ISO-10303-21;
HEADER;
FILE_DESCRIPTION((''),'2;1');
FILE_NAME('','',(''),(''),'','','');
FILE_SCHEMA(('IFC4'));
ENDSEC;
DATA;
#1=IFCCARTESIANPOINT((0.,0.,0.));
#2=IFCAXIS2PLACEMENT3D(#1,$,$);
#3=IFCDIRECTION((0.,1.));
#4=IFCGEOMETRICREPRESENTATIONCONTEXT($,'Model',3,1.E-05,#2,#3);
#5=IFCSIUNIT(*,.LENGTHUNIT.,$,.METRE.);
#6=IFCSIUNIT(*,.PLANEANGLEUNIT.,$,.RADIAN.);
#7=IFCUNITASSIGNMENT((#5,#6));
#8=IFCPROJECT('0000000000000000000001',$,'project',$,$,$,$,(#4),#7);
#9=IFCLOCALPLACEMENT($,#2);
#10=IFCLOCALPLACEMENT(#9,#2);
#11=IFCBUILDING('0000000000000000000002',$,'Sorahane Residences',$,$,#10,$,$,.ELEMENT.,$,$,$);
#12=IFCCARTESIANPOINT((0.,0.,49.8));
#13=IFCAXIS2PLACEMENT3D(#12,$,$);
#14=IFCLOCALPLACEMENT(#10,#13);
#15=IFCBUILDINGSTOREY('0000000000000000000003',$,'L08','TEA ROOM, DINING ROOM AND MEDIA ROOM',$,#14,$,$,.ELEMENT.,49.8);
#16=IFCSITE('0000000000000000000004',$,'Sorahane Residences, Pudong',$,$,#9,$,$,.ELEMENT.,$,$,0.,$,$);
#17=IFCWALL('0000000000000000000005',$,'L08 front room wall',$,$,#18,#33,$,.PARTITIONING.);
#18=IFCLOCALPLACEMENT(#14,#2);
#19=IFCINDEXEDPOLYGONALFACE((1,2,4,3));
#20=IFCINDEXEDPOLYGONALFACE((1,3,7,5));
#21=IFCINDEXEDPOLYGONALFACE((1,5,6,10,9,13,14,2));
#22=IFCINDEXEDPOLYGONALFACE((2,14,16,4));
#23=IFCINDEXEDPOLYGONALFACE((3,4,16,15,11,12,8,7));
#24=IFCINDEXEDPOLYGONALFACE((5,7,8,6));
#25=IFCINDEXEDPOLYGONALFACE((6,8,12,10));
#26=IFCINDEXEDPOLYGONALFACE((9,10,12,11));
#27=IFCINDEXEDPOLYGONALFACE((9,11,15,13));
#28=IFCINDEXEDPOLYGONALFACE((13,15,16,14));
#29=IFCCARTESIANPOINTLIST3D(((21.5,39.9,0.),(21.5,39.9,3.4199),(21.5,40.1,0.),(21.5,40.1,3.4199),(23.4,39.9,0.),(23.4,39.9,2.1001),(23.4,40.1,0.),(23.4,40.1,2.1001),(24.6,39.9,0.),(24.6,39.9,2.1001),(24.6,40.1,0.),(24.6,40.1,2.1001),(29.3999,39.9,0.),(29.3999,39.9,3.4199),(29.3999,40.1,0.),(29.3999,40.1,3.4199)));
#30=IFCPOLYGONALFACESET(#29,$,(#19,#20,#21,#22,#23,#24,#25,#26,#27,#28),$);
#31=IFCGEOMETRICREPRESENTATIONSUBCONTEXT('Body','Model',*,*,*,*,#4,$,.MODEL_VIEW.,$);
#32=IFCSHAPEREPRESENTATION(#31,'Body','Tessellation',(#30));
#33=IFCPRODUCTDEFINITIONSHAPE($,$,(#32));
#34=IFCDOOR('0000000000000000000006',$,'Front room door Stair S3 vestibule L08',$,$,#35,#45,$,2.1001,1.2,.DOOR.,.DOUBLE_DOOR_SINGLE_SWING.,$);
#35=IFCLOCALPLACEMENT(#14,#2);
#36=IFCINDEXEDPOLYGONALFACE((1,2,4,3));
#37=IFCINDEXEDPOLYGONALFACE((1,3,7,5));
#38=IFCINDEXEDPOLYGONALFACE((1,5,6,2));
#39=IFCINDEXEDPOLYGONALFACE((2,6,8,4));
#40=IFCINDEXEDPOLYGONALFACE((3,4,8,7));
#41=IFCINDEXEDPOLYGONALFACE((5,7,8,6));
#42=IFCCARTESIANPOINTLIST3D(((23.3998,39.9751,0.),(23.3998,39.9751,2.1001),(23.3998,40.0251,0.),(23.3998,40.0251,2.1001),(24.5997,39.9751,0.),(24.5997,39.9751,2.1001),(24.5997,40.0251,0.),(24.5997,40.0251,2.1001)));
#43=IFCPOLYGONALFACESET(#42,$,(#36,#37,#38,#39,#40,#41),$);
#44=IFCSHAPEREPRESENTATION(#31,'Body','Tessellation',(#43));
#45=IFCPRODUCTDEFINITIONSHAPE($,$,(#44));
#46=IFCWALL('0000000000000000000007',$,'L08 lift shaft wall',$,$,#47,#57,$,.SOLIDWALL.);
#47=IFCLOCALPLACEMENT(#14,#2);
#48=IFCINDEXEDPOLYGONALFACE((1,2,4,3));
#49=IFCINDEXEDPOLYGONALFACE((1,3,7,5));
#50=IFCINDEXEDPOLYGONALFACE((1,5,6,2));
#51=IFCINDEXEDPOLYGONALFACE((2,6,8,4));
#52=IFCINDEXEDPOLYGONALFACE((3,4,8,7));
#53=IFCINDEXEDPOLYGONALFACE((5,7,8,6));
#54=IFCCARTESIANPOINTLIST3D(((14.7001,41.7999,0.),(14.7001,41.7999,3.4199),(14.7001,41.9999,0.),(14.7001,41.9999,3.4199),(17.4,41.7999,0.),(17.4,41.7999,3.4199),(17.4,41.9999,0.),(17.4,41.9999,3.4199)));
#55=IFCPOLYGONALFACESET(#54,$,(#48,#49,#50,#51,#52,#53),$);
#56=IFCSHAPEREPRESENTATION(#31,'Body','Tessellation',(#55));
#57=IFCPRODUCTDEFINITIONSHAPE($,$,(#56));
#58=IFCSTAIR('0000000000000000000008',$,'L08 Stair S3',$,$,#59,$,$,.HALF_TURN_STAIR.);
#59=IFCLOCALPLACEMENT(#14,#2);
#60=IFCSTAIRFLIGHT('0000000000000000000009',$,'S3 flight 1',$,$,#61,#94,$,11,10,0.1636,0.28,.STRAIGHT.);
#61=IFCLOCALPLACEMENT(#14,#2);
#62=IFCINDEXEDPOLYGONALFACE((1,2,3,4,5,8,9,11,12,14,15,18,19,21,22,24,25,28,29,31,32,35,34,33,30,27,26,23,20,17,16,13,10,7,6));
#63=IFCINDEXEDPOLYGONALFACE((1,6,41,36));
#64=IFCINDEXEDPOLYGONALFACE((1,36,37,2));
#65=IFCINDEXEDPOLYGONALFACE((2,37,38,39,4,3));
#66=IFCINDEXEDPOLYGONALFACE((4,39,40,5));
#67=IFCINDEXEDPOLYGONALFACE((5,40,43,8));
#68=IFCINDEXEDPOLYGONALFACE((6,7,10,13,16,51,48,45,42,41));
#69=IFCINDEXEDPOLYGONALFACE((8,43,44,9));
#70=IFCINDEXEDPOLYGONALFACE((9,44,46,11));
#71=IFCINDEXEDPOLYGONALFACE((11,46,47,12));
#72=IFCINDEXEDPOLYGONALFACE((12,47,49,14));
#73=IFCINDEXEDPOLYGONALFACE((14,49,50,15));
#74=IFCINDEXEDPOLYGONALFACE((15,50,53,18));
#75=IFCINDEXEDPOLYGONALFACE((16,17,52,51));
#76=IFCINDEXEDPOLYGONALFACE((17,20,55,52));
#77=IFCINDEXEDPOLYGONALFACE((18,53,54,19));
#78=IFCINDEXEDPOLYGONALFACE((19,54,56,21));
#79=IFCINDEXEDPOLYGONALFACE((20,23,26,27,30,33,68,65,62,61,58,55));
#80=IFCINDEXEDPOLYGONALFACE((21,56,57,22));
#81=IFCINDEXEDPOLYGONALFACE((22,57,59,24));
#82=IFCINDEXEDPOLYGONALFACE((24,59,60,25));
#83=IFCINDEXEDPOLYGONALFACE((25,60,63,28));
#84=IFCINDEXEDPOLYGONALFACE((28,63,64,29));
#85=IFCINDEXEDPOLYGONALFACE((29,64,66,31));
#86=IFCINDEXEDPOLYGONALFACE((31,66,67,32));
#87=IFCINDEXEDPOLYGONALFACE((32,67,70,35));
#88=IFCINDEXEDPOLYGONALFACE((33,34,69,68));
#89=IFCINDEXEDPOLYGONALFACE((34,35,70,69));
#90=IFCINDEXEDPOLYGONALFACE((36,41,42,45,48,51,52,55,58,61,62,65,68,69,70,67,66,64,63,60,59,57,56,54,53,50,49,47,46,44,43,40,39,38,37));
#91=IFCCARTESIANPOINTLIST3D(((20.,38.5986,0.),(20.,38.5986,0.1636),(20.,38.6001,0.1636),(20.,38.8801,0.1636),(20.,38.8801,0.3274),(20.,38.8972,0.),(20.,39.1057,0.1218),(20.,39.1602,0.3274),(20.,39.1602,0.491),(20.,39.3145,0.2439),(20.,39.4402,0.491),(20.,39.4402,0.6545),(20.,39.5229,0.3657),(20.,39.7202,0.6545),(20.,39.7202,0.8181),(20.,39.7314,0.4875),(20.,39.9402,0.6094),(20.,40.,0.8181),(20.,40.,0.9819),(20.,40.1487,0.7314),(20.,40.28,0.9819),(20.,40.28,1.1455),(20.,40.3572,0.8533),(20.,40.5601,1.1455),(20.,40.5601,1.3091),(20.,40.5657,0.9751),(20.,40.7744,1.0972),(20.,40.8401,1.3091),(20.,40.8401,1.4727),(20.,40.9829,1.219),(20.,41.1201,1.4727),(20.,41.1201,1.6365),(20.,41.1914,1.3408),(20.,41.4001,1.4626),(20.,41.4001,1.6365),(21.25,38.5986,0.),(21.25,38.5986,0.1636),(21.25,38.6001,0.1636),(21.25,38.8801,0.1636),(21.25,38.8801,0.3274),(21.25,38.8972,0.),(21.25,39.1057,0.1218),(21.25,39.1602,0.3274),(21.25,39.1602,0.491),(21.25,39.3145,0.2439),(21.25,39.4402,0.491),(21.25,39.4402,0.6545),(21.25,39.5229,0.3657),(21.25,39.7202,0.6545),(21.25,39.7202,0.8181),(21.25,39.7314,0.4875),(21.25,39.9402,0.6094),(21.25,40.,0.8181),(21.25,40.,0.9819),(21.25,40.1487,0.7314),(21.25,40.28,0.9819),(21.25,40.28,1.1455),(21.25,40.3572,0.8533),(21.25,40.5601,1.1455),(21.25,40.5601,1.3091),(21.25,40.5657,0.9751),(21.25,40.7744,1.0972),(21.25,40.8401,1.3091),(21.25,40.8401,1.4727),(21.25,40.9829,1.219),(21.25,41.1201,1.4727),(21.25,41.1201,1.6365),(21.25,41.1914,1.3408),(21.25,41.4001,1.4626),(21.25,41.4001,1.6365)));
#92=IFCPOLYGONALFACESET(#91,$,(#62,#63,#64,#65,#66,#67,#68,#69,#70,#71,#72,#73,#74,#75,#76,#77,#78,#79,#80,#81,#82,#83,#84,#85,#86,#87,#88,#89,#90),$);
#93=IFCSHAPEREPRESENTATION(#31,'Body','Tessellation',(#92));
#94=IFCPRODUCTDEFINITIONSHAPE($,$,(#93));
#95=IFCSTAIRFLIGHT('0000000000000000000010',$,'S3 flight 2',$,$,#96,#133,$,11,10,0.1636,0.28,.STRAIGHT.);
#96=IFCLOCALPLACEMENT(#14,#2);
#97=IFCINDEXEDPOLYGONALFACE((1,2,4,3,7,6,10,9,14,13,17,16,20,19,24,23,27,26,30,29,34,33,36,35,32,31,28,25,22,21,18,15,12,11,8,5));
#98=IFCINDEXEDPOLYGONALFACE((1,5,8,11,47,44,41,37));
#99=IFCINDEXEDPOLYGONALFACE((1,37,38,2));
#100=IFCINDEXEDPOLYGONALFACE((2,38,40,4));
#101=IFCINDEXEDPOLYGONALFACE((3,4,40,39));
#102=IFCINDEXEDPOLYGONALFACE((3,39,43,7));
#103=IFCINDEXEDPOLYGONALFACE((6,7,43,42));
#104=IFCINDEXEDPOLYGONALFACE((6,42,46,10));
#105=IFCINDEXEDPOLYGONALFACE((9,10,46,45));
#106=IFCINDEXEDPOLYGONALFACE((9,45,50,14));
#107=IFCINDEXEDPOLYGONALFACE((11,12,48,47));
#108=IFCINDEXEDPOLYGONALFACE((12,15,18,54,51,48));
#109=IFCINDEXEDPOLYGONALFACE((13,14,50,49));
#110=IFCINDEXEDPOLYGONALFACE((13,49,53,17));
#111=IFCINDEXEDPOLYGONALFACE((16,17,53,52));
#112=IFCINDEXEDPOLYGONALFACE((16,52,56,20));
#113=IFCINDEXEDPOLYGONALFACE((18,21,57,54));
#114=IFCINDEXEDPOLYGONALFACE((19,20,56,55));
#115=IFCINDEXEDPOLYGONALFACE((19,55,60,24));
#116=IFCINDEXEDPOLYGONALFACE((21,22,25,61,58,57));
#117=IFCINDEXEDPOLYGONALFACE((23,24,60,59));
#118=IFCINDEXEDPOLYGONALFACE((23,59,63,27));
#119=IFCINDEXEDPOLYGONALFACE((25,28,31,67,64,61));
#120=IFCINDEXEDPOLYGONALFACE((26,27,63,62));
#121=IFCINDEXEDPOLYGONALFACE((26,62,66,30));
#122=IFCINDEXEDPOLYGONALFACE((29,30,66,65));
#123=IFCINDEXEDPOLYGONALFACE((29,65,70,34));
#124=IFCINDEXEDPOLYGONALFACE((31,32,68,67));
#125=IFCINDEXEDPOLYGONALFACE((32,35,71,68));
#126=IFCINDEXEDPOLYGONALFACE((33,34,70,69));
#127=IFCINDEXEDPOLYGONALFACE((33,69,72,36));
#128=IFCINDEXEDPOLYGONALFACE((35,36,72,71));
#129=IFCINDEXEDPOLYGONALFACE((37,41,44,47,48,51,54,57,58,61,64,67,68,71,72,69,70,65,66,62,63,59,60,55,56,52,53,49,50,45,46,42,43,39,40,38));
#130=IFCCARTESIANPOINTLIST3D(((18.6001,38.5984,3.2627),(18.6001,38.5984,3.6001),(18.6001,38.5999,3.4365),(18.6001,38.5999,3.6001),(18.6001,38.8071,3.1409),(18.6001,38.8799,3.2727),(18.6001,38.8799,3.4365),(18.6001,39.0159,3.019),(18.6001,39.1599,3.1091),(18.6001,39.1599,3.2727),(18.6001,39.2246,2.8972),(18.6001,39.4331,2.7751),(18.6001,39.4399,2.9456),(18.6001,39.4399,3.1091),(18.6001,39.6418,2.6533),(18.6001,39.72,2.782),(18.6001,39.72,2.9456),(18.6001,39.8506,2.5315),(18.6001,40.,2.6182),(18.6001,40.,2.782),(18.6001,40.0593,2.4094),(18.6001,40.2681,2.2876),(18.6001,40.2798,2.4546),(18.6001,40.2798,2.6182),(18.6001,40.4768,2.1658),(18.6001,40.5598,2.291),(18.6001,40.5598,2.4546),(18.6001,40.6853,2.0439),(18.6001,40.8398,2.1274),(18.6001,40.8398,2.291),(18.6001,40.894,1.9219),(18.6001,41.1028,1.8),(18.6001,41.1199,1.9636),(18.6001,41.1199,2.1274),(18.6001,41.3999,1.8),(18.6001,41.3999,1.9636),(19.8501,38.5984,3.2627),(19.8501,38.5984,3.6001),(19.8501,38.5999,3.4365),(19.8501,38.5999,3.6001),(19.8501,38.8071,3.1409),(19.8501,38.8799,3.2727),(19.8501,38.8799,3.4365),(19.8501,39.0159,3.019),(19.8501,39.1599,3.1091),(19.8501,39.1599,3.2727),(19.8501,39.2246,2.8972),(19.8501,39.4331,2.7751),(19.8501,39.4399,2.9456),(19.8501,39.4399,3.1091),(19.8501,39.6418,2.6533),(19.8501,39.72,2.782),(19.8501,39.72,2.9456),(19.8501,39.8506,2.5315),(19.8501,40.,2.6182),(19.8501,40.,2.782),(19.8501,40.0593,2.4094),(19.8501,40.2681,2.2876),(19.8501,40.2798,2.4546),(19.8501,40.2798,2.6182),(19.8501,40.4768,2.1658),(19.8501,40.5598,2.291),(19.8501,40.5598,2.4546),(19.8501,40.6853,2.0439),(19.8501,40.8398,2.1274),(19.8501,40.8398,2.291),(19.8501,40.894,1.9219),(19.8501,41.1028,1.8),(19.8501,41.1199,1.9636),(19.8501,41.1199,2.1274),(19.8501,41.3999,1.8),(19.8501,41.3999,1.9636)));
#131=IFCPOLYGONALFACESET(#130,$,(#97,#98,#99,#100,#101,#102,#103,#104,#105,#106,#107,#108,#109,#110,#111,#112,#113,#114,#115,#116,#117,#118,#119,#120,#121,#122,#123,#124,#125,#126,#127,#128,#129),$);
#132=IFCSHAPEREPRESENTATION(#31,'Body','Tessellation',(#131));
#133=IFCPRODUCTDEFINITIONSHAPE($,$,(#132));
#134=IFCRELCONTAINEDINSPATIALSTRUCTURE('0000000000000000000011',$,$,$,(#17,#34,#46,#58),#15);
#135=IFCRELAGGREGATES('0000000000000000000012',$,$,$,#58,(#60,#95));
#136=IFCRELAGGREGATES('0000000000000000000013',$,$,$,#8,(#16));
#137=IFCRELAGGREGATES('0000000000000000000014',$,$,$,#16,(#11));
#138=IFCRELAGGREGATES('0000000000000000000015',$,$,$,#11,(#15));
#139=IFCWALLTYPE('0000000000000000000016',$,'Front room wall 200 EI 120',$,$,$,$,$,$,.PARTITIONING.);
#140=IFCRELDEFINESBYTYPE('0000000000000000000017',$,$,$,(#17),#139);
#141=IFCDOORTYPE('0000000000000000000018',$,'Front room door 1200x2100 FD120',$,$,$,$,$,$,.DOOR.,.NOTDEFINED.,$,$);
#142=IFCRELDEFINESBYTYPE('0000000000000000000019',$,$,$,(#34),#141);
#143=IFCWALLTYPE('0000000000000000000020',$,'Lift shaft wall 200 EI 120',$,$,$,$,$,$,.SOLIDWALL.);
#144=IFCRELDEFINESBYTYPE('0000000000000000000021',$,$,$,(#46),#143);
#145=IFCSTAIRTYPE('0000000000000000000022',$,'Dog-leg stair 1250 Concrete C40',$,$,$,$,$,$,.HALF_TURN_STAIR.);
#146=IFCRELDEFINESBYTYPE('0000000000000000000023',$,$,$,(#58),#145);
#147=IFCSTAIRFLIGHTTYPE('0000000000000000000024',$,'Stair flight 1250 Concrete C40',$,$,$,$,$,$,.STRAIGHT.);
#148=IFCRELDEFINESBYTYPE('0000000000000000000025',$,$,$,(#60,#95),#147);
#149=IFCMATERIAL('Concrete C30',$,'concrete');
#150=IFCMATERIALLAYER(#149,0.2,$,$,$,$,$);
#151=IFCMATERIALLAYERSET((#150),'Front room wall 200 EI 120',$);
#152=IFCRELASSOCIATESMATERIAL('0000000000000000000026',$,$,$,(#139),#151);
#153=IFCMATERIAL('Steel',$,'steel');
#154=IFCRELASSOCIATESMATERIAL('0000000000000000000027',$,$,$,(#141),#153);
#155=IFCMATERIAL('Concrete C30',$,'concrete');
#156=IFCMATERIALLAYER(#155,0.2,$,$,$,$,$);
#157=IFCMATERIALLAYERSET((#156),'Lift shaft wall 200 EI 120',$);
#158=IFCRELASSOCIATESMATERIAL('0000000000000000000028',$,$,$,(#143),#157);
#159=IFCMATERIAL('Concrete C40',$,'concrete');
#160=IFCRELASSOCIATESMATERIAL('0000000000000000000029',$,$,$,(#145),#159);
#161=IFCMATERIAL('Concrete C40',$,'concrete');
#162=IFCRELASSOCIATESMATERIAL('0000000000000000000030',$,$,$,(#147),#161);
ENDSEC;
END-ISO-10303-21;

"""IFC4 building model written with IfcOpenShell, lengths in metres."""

from ifc_helpers import new_model, si_unit, direction, frame, frame_2d, origin, place, context, subcontext, project, spatial, polyline, rectangle, outline, extrude, material, layer, layer_set, type_object, element, fill, aggregate, save


model = new_model("IFC4")

# Units and contexts
model_context = context("Model", 3, precision=1e-05, world=origin(), true_north=direction((0.0, 1.0)))
body_context = subcontext(model_context, "Body", "Model", "MODEL_VIEW")
ifc_project = project(units=[si_unit("LENGTHUNIT", "METRE"), si_unit("PLANEANGLEUNIT", "RADIAN")], contexts=[model_context])

# Site, building, storey
site_placement = place(None, origin())
site = spatial("IfcSite", under=ifc_project, at=site_placement, Name="Sorahane Residences, Pudong", CompositionType="ELEMENT", RefElevation=0.0)
building_placement = place(site_placement, origin())
building = spatial("IfcBuilding", under=site, at=building_placement, Name="Sorahane Residences", CompositionType="ELEMENT")
storey_placement = place(building_placement, frame((0.0, 0.0, 49.8)))
storey = spatial("IfcBuildingStorey", under=building, at=storey_placement, Name="L08", Description="TEA ROOM, DINING ROOM AND MEDIA ROOM", CompositionType="ELEMENT", Elevation=49.8)

# Wall, opening, door
ifc_material_1 = material(Name="Concrete C30", Category="concrete")
ifc_layer_1 = layer(ifc_material_1, 0.2)
ifc_layer_set_1 = layer_set([ifc_layer_1], Name="Front room wall 200 EI 120")
wall_type_1 = type_object("IfcWallType", Name="Front room wall 200 EI 120", PredefinedType="PARTITIONING", material=ifc_layer_set_1)
wall_1_placement = place(storey_placement, frame((21.5, 40.0, 0.0), z_axis=(0.0, 0.0, 1.0), x_axis=(1.0, 0.0, 0.0)))
wall_1 = element("IfcWall", 1, at=wall_1_placement, inside=storey, type_object=wall_type_1, Name="L08 front room wall", PredefinedType="PARTITIONING", context=body_context, shape_type="SweptSolid", body=[
    extrude(rectangle(XDim=7.8999, YDim=0.2, at=frame_2d((3.95, 0.0))), origin(), (0.0, 0.0, 1.0), 3.4199),
])
opening_placement = place(wall_1_placement, frame((1.8999, 0.0, 0.0)))
opening = element("IfcOpeningElement", 2, at=opening_placement, cuts=wall_1, PredefinedType="OPENING", context=body_context, shape_type="SweptSolid", body=[
    extrude(rectangle(XDim=1.2, YDim=2.1001, at=frame_2d((0.6001, 1.05))), frame((0.0, 0.1099, 0.0), z_axis=(0.0, -1.0, 0.0), x_axis=(1.0, 0.0, 0.0)), (0.0, 0.0, 1.0), 0.22),
])
ifc_material_2 = material(Name="Steel", Category="steel")
door_type = type_object("IfcDoorType", Name="Front room door 1200x2100 FD120", OperationType="NOTDEFINED", PredefinedType="DOOR", material=ifc_material_2)
door_placement = place(opening_placement, frame((1.2, 0.0, 0.0), z_axis=(0.0, 0.0, 1.0), x_axis=(-1.0, 0.0, 0.0)))
door = element("IfcDoor", 3, at=door_placement, inside=storey, type_object=door_type, Name="Front room door Stair S3 vestibule L08", OperationType="DOUBLE_DOOR_SINGLE_SWING", OverallHeight=2.1001, OverallWidth=1.2, PredefinedType="DOOR", context=body_context, shape_type="SweptSolid", body=[
    extrude(rectangle(XDim=1.2, YDim=2.1001, at=frame_2d((0.6001, 1.05))), frame((0.0, 0.0249, 0.0), z_axis=(0.0, -1.0, 0.0), x_axis=(1.0, 0.0, 0.0)), (0.0, 0.0, 1.0), 0.05),
])
fill(opening, door)

# Wall
ifc_material_3 = material(Name="Concrete C30", Category="concrete")
ifc_layer_2 = layer(ifc_material_3, 0.2)
ifc_layer_set_2 = layer_set([ifc_layer_2], Name="Lift shaft wall 200 EI 120")
wall_type_2 = type_object("IfcWallType", Name="Lift shaft wall 200 EI 120", PredefinedType="SOLIDWALL", material=ifc_layer_set_2)
wall_2_placement = place(storey_placement, frame((14.7, 41.8999, 0.0), z_axis=(0.0, 0.0, 1.0), x_axis=(1.0, 0.0, 0.0)))
element("IfcWall", 4, at=wall_2_placement, inside=storey, type_object=wall_type_2, Name="L08 lift shaft wall", PredefinedType="SOLIDWALL", context=body_context, shape_type="SweptSolid", body=[
    extrude(rectangle(XDim=2.7, YDim=0.2, at=frame_2d((1.3501, 0.0))), origin(), (0.0, 0.0, 1.0), 3.4199),
])

# Stair, stair flights
ifc_material_4 = material(Name="Concrete C40", Category="concrete")
stair_type = type_object("IfcStairType", Name="Dog-leg stair 1250 Concrete C40", PredefinedType="HALF_TURN_STAIR", material=ifc_material_4)
stair_placement = place(storey_placement, origin())
stair = element("IfcStair", 5, at=stair_placement, inside=storey, type_object=stair_type, Name="L08 Stair S3", PredefinedType="HALF_TURN_STAIR")
ifc_material_5 = material(Name="Concrete C40", Category="concrete")
stair_flight_type = type_object("IfcStairFlightType", Name="Stair flight 1250 Concrete C40", PredefinedType="STRAIGHT", material=ifc_material_5)
stair_flight_1_placement = place(storey_placement, frame((20.625, 38.6001, 0.0), z_axis=(0.0, 0.0, 1.0), x_axis=(0.0, 1.0, 0.0)))
stair_flight_1 = element("IfcStairFlight", 6, at=stair_flight_1_placement, type_object=stair_flight_type, Name="S3 flight 1", NumberOfRisers=11, NumberOfTreads=10, PredefinedType="STRAIGHT", RiserHeight=0.1636, TreadLength=0.28, context=body_context, shape_type="SweptSolid", body=[
    extrude(outline(polyline([(-0.0015, 0.0), (-0.0015, 0.1636), (0.0, 0.1636), (0.28, 0.1636), (0.28, 0.3274), (0.5601, 0.3274), (0.5601, 0.491), (0.8401, 0.491), (0.8401, 0.6545), (1.1201, 0.6545), (1.1201, 0.8181), (1.3999, 0.8181), (1.3999, 0.9819), (1.6799, 0.9819), (1.6799, 1.1455), (1.96, 1.1455), (1.96, 1.3091), (2.24, 1.3091), (2.24, 1.4727), (2.52, 1.4727), (2.52, 1.6365), (2.8, 1.6365), (2.8, 1.8), (2.8, 1.4626), (2.5913, 1.3408), (2.3828, 1.219), (2.1743, 1.0972), (1.9656, 0.9751), (1.7571, 0.8533), (1.5486, 0.7314), (1.3401, 0.6094), (1.1313, 0.4875), (0.9229, 0.3657), (0.7144, 0.2439), (0.5056, 0.1218), (0.2971, 0.0), (-0.0015, 0.0)])), frame((0.0, 0.625, 0.0), z_axis=(0.0, -1.0, 0.0), x_axis=(1.0, 0.0, 0.0)), (0.0, 0.0, 1.0), 1.25),
])
stair_flight_2_placement = place(storey_placement, frame((19.2251, 41.3999, 1.8), z_axis=(0.0, 0.0, 1.0), x_axis=(0.0, -1.0, 0.0)))
stair_flight_2 = element("IfcStairFlight", 7, at=stair_flight_2_placement, type_object=stair_flight_type, Name="S3 flight 2", NumberOfRisers=11, NumberOfTreads=10, PredefinedType="STRAIGHT", RiserHeight=0.1636, TreadLength=0.28, context=body_context, shape_type="SweptSolid", body=[
    extrude(outline(polyline([(0.0, 0.0), (0.0, 0.1636), (0.28, 0.1636), (0.28, 0.3274), (0.5601, 0.3274), (0.5601, 0.491), (0.8401, 0.491), (0.8401, 0.6545), (1.1201, 0.6545), (1.1201, 0.8181), (1.3999, 0.8181), (1.3999, 0.9819), (1.6799, 0.9819), (1.6799, 1.1455), (1.96, 1.1455), (1.96, 1.3091), (2.24, 1.3091), (2.24, 1.4727), (2.52, 1.4727), (2.52, 1.6365), (2.8, 1.6365), (2.8, 1.8), (2.8015, 1.8), (2.8015, 1.4626), (2.5928, 1.3408), (2.384, 1.219), (2.1753, 1.0972), (1.9668, 0.9751), (1.7581, 0.8533), (1.5493, 0.7314), (1.3406, 0.6094), (1.1318, 0.4875), (0.9231, 0.3657), (0.7146, 0.2439), (0.5059, 0.1218), (0.2971, 0.0), (0.0, 0.0)])), frame((0.0, 0.625, 0.0), z_axis=(0.0, -1.0, 0.0), x_axis=(1.0, 0.0, 0.0)), (0.0, 0.0, 1.0), 1.25),
])
aggregate(stair, [stair_flight_1, stair_flight_2])

save(model, "model.ifc")
